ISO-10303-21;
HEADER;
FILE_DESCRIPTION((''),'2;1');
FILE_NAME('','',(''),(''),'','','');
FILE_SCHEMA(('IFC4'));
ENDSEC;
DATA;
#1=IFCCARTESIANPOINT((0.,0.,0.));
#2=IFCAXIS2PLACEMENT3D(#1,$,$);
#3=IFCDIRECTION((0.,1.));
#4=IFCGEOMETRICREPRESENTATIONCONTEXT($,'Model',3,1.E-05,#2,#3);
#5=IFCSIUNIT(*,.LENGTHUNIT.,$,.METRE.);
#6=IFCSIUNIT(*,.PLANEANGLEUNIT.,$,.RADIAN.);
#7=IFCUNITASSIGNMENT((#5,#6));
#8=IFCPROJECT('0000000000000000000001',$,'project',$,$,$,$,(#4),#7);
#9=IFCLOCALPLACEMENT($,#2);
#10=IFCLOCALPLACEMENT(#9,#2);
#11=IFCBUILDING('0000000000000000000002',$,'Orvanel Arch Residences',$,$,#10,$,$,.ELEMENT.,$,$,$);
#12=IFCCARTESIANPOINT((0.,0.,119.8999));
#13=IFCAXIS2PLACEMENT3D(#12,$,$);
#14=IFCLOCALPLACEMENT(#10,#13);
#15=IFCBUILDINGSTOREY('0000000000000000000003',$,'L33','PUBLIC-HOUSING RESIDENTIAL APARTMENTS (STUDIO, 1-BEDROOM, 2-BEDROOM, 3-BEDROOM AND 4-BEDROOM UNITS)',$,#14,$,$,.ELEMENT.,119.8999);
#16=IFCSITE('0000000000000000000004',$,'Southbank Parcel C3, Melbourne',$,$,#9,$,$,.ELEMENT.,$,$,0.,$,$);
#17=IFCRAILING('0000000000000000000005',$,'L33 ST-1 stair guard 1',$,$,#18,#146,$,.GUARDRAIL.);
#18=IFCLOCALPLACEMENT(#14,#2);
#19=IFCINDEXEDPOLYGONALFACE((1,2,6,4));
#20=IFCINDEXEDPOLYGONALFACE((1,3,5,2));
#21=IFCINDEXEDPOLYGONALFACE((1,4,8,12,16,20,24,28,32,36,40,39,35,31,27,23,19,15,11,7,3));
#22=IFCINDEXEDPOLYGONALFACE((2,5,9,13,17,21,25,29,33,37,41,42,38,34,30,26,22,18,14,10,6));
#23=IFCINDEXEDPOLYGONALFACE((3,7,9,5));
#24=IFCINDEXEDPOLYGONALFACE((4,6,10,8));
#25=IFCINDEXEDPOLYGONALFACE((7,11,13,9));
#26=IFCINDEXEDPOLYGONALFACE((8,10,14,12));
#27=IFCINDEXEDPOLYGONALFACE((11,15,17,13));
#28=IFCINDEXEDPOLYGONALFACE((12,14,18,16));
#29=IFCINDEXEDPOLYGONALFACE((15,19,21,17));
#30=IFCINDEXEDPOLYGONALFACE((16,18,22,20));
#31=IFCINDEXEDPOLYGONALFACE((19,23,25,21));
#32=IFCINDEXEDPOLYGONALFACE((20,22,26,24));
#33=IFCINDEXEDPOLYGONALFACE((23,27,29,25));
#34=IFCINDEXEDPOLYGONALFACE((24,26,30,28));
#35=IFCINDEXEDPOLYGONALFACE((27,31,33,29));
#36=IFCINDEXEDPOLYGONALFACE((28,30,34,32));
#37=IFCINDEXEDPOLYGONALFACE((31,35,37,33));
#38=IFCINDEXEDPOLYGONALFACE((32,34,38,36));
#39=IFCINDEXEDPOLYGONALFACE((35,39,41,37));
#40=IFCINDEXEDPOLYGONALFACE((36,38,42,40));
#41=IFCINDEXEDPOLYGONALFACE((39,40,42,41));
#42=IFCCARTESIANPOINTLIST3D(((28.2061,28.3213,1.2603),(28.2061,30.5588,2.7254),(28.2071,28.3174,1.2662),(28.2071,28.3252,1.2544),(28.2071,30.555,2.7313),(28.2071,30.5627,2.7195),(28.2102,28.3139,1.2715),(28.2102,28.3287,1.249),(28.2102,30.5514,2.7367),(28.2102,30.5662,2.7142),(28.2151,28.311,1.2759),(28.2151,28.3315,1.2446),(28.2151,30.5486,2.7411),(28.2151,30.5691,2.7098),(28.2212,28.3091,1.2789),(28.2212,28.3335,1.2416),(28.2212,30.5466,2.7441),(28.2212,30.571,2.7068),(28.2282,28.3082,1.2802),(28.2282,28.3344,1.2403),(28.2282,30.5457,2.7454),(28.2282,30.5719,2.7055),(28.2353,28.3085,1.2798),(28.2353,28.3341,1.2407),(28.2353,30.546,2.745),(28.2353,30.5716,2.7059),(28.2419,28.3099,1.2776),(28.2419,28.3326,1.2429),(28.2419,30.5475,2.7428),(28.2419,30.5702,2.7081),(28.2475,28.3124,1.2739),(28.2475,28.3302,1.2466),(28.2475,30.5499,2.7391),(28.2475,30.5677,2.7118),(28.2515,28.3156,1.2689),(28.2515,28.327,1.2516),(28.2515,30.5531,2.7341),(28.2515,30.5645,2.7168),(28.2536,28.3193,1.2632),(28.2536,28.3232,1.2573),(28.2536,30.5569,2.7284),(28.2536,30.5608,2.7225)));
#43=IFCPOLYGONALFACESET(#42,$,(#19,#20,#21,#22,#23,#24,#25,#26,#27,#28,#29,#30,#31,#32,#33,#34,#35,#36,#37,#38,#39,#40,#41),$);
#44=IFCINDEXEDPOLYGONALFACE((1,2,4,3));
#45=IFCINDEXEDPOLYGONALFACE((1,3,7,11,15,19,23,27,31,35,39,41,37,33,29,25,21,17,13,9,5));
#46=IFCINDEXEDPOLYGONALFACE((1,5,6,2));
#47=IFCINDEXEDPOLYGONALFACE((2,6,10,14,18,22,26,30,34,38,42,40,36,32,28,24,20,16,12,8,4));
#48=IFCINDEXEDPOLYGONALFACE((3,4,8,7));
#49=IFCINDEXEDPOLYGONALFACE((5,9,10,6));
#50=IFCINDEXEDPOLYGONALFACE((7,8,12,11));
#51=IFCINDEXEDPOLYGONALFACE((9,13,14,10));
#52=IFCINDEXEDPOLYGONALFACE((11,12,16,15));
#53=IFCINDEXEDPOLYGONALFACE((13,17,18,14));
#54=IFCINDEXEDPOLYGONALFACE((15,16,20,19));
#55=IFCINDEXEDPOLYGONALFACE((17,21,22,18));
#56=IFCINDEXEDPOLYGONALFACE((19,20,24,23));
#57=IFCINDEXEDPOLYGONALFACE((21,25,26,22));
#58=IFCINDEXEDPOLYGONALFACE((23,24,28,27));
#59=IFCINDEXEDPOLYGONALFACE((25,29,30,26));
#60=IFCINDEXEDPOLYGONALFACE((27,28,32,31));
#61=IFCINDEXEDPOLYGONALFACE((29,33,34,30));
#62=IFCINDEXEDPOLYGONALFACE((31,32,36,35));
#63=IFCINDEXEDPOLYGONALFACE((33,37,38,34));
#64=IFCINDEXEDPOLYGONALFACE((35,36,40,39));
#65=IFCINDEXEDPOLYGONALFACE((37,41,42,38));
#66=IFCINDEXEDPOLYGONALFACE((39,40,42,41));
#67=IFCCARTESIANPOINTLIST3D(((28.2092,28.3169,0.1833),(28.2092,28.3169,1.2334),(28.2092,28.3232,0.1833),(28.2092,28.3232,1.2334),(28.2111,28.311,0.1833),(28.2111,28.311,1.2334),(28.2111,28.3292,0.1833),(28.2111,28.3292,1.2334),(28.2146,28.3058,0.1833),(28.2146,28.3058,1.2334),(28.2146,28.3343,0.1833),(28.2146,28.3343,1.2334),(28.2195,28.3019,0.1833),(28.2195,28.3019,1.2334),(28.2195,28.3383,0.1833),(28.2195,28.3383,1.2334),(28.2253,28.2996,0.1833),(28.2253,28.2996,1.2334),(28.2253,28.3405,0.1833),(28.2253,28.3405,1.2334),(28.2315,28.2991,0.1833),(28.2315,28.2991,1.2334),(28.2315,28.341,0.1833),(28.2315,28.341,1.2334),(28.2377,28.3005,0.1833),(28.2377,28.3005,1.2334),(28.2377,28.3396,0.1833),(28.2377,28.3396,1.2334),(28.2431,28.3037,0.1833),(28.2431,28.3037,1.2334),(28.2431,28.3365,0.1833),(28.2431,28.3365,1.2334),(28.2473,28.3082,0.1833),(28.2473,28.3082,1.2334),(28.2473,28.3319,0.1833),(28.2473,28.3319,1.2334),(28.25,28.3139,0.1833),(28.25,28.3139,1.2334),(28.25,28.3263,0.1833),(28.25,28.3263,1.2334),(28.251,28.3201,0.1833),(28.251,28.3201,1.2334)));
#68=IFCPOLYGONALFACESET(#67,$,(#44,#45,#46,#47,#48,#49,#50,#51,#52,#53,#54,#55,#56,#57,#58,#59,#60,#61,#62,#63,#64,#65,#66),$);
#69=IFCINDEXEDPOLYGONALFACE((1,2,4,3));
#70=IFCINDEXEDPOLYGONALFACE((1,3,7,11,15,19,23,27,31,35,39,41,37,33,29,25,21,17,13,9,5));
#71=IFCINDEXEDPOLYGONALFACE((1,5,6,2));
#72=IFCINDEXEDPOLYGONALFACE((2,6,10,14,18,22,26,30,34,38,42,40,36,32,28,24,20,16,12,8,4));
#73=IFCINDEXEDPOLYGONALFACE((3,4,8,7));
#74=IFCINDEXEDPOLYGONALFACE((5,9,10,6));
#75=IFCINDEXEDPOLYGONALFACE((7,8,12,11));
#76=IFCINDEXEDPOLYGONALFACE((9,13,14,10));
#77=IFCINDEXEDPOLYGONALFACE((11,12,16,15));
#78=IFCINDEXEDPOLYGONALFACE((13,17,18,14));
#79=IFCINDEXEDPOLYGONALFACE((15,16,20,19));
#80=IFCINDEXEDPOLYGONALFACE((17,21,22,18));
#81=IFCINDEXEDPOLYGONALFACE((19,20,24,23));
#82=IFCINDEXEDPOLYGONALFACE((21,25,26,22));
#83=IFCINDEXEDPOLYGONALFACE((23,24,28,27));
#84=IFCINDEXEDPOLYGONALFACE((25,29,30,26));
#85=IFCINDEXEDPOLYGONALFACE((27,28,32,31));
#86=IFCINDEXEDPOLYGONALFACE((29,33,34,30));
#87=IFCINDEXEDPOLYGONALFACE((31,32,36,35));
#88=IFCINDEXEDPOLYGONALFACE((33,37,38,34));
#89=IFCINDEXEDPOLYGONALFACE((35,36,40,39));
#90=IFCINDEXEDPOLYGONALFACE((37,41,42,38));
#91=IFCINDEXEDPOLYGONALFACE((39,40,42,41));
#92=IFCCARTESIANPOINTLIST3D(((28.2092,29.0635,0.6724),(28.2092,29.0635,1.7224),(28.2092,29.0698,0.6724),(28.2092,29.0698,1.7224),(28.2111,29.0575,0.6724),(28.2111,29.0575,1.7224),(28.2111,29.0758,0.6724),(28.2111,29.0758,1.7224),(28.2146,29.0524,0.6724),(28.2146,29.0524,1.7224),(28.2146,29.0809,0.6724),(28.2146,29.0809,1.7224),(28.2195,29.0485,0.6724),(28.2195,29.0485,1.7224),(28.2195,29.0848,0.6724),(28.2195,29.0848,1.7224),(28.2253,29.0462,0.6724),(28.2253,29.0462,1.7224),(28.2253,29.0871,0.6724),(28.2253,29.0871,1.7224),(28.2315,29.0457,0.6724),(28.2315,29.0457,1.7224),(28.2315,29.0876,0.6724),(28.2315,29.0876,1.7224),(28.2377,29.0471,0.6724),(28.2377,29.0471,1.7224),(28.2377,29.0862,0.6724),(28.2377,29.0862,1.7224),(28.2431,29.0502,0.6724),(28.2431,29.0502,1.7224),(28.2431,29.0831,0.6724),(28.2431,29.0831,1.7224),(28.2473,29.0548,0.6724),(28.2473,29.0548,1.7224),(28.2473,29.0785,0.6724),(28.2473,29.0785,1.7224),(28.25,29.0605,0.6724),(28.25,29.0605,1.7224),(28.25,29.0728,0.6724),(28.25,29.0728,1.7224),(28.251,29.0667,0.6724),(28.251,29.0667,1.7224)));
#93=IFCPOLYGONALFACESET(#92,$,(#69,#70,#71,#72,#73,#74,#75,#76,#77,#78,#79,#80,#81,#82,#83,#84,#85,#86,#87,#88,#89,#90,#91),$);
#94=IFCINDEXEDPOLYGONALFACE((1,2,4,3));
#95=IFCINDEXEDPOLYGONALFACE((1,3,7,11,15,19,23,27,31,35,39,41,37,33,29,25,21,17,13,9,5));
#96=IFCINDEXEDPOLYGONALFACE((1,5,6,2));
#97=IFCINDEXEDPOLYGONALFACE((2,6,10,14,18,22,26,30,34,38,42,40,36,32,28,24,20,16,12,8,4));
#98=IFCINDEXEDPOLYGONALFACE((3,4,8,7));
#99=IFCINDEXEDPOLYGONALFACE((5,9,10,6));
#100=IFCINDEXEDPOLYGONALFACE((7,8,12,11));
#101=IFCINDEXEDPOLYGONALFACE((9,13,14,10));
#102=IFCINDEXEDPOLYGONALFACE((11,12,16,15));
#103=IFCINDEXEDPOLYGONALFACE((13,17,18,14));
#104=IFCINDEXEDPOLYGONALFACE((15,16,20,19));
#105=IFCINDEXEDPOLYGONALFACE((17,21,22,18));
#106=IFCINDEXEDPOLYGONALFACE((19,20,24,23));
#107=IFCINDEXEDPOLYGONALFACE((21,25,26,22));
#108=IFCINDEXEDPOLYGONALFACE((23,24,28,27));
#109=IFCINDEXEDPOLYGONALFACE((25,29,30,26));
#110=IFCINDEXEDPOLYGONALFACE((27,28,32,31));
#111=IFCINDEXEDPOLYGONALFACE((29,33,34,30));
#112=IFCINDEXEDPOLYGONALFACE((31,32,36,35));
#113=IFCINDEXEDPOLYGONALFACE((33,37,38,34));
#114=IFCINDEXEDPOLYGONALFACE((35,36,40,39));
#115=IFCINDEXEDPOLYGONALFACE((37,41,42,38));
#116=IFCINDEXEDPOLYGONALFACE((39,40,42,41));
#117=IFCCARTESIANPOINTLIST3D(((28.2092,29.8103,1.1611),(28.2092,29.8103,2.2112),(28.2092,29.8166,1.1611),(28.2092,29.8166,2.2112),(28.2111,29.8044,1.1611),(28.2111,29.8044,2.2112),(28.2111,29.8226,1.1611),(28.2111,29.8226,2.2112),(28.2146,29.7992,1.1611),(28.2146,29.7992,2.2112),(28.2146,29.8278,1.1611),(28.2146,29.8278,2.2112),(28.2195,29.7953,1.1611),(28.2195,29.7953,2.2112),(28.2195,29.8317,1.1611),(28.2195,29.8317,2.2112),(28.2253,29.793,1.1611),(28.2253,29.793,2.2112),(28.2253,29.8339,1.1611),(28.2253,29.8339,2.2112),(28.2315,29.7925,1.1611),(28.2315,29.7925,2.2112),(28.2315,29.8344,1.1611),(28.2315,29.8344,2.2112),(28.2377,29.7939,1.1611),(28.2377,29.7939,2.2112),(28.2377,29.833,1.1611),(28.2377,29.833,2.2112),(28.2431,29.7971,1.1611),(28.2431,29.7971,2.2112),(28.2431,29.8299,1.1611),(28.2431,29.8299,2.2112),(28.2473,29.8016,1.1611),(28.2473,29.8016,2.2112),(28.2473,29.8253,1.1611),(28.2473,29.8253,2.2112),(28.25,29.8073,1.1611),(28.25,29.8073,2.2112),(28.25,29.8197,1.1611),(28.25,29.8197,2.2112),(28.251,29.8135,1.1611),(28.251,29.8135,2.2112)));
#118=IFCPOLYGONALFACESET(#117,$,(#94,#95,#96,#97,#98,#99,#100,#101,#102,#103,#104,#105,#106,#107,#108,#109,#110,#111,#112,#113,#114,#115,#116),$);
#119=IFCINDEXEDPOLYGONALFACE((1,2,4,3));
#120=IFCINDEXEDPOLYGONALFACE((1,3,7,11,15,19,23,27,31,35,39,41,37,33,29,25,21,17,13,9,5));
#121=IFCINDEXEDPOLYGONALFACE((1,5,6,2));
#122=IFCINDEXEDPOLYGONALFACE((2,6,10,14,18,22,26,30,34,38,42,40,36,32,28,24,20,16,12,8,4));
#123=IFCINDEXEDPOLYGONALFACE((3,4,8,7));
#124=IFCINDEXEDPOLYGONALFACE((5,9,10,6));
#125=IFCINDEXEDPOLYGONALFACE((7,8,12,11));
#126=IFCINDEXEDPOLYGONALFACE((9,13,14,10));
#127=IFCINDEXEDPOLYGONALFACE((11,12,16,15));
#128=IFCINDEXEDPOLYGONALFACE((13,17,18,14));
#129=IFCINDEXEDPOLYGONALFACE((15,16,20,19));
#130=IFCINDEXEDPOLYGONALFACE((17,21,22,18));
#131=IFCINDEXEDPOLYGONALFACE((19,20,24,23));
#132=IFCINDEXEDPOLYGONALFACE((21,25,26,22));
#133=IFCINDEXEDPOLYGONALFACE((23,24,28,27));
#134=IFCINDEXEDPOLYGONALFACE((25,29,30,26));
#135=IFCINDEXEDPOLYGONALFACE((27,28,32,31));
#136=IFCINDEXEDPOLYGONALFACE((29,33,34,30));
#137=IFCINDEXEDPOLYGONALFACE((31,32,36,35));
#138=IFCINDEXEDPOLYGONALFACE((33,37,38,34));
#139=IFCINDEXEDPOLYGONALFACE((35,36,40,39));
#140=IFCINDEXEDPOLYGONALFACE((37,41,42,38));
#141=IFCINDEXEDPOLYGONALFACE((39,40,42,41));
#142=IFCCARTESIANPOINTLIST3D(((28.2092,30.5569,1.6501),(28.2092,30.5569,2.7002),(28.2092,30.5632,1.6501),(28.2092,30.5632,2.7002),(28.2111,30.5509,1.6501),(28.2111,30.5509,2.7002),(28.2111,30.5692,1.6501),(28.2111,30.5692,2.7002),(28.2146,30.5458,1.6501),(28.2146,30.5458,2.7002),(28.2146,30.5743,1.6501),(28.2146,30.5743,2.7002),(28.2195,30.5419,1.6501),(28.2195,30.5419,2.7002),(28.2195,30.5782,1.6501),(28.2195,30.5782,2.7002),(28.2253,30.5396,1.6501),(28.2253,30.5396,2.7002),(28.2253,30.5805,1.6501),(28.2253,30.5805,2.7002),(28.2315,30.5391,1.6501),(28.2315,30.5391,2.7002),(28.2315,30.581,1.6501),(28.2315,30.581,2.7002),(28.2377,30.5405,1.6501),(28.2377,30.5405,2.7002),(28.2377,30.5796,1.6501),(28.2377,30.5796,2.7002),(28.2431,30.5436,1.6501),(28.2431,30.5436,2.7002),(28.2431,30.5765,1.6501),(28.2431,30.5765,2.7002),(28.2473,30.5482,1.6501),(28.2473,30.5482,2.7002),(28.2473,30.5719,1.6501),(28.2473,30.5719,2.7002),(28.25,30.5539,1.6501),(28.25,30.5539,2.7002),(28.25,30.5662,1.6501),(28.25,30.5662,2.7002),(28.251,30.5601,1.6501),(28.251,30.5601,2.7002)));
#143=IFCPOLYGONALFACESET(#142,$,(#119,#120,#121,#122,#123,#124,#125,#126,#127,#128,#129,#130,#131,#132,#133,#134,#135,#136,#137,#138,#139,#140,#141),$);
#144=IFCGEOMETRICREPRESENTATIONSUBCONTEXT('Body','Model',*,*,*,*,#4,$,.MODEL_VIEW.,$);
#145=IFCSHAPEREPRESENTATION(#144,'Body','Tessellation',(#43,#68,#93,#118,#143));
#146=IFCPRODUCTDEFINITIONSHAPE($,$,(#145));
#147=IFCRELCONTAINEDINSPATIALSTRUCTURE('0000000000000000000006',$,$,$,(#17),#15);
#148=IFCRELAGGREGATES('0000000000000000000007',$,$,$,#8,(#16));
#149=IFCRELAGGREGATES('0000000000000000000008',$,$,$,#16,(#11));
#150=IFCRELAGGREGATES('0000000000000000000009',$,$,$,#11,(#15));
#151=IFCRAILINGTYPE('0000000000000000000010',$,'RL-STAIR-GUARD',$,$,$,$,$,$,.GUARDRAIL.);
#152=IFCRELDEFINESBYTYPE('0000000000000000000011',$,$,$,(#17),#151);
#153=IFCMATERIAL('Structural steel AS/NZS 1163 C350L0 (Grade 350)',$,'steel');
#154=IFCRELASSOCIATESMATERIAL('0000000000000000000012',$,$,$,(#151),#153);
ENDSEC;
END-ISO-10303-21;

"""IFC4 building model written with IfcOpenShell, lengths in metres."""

from ifc_helpers import new_model, si_unit, direction, frame, origin, origin_2d, place, context, subcontext, project, spatial, circle, extrude, material, type_object, element, save


model = new_model("IFC4")

# Units and contexts
model_context = context("Model", 3, precision=1e-05, world=origin(), true_north=direction((0.0, 1.0)))
body_context = subcontext(model_context, "Body", "Model", "MODEL_VIEW")
ifc_project = project(units=[si_unit("LENGTHUNIT", "METRE"), si_unit("PLANEANGLEUNIT", "RADIAN")], contexts=[model_context])

# Site, building, storey
site_placement = place(None, origin())
site = spatial("IfcSite", under=ifc_project, at=site_placement, Name="Southbank Parcel C3, Melbourne", CompositionType="ELEMENT", RefElevation=0.0)
building_placement = place(site_placement, origin())
building = spatial("IfcBuilding", under=site, at=building_placement, Name="Orvanel Arch Residences", CompositionType="ELEMENT")
storey_placement = place(building_placement, frame((0.0, 0.0, 119.8999)))
storey = spatial("IfcBuildingStorey", under=building, at=storey_placement, Name="L33", Description="PUBLIC-HOUSING RESIDENTIAL APARTMENTS (STUDIO, 1-BEDROOM, 2-BEDROOM, 3-BEDROOM AND 4-BEDROOM UNITS)", CompositionType="ELEMENT", Elevation=119.8999)

# Railing
ifc_material_1 = material(Name="Structural steel AS/NZS 1163 C350L0 (Grade 350)", Category="steel")
railing_type_1 = type_object("IfcRailingType", Name="RL-STAIR-GUARD", PredefinedType="GUARDRAIL", material=ifc_material_1)
railing_1_placement = place(storey_placement, frame((28.23, 28.3201, 0.1833)))
element("IfcRailing", 1, at=railing_1_placement, inside=storey, type_object=railing_type_1, Name="L33 ST-1 stair guard 1", PredefinedType="GUARDRAIL", context=body_context, shape_type="SweptSolid", body=[
    extrude(circle(Radius=0.0239, at=origin_2d()), frame((0.0, 0.0012, 1.0769), z_axis=(0.0, 0.836595, 0.547822), x_axis=(-1.0, 0.0, 0.0)), (0.0, 0.0, 1.0), 2.6746),
    extrude(circle(Radius=0.021, at=origin_2d()), origin(), (0.0, 0.0, 1.0), 1.05),
    extrude(circle(Radius=0.021, at=origin_2d()), frame((0.0, 0.7466, 0.489)), (0.0, 0.0, 1.0), 1.05),
    extrude(circle(Radius=0.021, at=origin_2d()), frame((0.0, 1.4934, 0.9778)), (0.0, 0.0, 1.0), 1.05),
    extrude(circle(Radius=0.021, at=origin_2d()), frame((0.0, 2.24, 1.4668)), (0.0, 0.0, 1.0), 1.05),
])

save(model, "model.ifc")
